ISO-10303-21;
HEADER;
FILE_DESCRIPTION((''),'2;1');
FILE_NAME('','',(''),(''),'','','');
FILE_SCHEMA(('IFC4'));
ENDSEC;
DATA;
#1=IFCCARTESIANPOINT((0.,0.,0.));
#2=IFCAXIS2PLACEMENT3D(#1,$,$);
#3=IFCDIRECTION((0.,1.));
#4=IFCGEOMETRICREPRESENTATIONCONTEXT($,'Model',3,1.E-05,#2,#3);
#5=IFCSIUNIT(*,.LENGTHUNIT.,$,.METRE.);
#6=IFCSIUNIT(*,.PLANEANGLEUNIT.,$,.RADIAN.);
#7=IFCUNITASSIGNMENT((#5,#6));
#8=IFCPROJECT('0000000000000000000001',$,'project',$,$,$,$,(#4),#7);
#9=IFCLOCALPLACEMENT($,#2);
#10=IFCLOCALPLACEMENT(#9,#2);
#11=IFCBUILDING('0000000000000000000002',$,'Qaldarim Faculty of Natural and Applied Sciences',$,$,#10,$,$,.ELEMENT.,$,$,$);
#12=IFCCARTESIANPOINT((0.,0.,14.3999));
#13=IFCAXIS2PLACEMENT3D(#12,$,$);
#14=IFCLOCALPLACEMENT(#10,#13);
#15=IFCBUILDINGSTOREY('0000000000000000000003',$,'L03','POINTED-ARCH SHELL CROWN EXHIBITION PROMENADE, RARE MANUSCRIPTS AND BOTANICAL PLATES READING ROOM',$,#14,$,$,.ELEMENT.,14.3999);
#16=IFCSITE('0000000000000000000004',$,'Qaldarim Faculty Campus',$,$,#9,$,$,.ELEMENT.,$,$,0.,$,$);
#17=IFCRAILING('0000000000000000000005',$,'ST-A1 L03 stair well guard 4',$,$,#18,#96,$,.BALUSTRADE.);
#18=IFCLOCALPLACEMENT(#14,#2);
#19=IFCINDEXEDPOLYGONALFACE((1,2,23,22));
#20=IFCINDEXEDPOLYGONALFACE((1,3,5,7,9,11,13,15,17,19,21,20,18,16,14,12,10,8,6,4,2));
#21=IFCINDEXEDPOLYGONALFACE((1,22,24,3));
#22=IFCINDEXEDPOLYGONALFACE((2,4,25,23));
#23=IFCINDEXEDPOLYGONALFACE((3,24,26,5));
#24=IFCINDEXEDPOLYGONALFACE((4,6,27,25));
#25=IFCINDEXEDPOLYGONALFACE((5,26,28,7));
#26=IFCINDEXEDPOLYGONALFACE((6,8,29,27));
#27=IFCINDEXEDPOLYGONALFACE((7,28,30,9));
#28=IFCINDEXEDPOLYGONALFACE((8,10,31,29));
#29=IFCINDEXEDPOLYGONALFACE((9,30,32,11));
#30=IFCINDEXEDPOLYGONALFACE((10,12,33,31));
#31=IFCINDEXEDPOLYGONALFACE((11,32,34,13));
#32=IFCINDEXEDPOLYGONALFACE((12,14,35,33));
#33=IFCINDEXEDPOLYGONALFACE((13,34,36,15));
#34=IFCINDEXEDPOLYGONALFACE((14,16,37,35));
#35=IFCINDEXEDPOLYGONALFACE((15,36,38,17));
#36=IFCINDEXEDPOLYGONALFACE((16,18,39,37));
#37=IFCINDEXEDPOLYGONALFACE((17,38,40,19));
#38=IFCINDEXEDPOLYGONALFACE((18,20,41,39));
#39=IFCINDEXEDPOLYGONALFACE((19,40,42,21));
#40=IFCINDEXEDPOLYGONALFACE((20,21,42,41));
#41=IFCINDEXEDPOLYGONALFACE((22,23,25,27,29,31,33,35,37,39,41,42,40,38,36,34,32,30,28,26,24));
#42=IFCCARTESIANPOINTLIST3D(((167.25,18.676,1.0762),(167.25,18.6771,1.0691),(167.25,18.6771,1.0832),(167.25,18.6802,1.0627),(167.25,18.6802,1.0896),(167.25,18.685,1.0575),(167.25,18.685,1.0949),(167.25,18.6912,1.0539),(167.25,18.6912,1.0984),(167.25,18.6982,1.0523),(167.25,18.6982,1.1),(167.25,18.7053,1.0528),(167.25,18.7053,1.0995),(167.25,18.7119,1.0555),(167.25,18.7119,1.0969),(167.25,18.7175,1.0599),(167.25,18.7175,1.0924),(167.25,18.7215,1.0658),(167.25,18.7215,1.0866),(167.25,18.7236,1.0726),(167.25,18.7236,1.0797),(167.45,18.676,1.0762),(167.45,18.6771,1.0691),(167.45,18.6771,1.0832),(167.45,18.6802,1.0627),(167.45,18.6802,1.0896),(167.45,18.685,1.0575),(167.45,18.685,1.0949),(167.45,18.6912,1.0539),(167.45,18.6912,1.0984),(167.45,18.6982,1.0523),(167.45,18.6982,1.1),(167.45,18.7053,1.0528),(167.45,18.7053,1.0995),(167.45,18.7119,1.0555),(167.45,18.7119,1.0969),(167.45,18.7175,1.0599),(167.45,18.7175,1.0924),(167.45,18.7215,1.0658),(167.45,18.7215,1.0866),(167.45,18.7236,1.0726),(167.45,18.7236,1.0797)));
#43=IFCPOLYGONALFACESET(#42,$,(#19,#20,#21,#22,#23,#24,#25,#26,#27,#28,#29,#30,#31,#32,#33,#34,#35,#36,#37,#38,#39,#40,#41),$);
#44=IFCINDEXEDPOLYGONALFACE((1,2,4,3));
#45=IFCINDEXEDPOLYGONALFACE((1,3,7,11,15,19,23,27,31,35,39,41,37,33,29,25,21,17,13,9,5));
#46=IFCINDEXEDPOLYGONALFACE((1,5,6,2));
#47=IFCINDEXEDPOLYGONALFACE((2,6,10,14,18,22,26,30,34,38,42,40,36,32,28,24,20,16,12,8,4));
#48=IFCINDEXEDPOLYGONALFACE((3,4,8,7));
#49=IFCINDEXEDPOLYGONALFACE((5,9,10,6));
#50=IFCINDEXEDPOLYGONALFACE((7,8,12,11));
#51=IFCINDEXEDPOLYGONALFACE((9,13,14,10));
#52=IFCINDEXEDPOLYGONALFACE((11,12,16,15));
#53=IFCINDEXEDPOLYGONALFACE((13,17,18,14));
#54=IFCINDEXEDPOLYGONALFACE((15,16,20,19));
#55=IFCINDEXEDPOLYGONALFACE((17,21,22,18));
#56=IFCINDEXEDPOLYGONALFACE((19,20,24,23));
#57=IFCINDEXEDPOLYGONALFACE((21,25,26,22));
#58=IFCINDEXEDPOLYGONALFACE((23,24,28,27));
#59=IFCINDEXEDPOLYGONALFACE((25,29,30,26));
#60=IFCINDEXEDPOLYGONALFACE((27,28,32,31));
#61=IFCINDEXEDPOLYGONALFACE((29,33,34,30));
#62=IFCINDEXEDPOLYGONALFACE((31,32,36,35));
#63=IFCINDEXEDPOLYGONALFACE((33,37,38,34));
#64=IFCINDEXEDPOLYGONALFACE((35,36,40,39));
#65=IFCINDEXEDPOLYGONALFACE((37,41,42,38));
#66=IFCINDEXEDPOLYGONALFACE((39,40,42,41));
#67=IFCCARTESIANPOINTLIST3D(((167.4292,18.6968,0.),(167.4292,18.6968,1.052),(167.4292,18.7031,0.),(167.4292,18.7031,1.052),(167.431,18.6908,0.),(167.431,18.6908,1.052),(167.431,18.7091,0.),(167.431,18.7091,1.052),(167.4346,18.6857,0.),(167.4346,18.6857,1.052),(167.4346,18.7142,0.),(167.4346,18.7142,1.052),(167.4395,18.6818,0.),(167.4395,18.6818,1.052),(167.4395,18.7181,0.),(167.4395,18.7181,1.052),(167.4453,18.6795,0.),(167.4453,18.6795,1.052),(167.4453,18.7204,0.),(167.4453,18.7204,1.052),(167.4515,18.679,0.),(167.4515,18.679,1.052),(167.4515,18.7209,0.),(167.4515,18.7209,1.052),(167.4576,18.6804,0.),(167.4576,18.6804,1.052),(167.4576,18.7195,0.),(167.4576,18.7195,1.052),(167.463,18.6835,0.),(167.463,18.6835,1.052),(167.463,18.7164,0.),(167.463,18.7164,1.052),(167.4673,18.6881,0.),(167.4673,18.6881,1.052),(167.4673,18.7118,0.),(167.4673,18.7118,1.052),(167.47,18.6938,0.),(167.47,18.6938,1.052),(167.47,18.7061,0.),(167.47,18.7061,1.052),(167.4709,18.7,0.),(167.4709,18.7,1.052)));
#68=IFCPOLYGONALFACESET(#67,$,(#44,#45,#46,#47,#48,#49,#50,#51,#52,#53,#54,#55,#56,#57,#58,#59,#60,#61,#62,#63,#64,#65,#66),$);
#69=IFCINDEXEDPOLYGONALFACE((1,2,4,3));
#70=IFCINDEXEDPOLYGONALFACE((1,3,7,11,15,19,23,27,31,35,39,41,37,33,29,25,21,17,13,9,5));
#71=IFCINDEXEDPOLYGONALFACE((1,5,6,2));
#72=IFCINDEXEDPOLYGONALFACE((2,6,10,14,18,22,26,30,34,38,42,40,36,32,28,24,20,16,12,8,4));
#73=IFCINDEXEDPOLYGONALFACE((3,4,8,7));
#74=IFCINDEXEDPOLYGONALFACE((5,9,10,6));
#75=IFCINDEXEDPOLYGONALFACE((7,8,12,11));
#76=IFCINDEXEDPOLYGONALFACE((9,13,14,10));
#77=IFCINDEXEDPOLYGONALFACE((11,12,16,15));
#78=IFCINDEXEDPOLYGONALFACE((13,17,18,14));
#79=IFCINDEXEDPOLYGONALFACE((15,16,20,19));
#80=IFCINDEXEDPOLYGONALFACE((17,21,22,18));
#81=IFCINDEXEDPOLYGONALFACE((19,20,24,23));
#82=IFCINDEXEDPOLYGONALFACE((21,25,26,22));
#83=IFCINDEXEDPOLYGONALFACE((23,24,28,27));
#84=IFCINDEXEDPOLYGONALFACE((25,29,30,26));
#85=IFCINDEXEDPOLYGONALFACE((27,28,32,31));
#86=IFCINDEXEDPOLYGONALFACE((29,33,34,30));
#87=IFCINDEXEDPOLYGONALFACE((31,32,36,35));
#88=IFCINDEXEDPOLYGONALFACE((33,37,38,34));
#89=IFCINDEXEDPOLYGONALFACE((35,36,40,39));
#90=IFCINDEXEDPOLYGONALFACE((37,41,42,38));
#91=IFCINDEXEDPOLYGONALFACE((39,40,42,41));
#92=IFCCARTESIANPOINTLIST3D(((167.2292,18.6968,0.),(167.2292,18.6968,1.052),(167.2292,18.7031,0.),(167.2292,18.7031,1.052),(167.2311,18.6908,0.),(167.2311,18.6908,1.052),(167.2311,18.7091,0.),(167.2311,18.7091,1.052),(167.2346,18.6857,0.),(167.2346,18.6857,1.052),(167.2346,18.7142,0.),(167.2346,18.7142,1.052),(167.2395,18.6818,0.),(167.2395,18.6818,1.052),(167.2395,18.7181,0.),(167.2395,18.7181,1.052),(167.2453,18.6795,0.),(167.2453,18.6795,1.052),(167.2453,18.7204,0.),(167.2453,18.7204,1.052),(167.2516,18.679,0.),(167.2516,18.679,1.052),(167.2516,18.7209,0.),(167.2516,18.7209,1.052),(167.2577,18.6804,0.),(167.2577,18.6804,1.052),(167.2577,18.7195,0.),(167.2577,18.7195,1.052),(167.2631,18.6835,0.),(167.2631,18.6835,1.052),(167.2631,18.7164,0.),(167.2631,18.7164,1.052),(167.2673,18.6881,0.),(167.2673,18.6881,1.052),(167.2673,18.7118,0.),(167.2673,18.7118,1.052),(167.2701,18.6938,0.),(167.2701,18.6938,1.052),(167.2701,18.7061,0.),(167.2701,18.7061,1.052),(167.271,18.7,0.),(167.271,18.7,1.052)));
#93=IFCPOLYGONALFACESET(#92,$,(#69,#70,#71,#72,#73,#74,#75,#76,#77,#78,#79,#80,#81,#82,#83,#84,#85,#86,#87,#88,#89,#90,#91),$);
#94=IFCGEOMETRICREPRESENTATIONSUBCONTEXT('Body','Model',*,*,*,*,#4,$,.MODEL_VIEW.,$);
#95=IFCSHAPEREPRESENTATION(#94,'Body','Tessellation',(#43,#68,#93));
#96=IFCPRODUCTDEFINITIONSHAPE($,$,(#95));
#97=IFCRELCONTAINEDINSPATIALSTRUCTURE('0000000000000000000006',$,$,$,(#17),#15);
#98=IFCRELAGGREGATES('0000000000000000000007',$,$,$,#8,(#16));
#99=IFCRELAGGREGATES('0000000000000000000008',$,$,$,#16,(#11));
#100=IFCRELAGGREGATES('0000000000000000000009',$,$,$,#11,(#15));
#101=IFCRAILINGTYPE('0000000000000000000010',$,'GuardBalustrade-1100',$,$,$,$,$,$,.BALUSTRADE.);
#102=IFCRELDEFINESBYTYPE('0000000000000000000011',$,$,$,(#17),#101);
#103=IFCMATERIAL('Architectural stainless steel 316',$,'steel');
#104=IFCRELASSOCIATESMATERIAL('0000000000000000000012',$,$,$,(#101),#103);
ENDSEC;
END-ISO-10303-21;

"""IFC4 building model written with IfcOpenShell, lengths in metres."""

from ifc_helpers import new_model, si_unit, direction, frame, origin, origin_2d, place, context, subcontext, project, spatial, circle, extrude, material, type_object, element, save


model = new_model("IFC4")

# Units and contexts
model_context = context("Model", 3, precision=1e-05, world=origin(), true_north=direction((0.0, 1.0)))
body_context = subcontext(model_context, "Body", "Model", "MODEL_VIEW")
ifc_project = project(units=[si_unit("LENGTHUNIT", "METRE"), si_unit("PLANEANGLEUNIT", "RADIAN")], contexts=[model_context])

# Site, building, storey
site_placement = place(None, origin())
site = spatial("IfcSite", under=ifc_project, at=site_placement, Name="Qaldarim Faculty Campus", CompositionType="ELEMENT", RefElevation=0.0)
building_placement = place(site_placement, origin())
building = spatial("IfcBuilding", under=site, at=building_placement, Name="Qaldarim Faculty of Natural and Applied Sciences", CompositionType="ELEMENT")
storey_placement = place(building_placement, frame((0.0, 0.0, 14.3999)))
storey = spatial("IfcBuildingStorey", under=building, at=storey_placement, Name="L03", Description="POINTED-ARCH SHELL CROWN EXHIBITION PROMENADE, RARE MANUSCRIPTS AND BOTANICAL PLATES READING ROOM", CompositionType="ELEMENT", Elevation=14.3999)

# Shared definitions
ifc_material_1 = material(Name="Architectural stainless steel 316", Category="steel")

# Railing
railing_type_1 = type_object("IfcRailingType", Name="GuardBalustrade-1100", PredefinedType="BALUSTRADE", material=ifc_material_1)
railing_1_placement = place(storey_placement, frame((167.45, 18.7, 0.0)))
element("IfcRailing", 1, at=railing_1_placement, inside=storey, type_object=railing_type_1, Name="ST-A1 L03 stair well guard 4", PredefinedType="BALUSTRADE", context=body_context, shape_type="SweptSolid", body=[
    extrude(circle(Radius=0.0239, at=origin_2d()), frame((0.0, 0.0, 1.0762), z_axis=(-1.0, 0.0, 0.0), x_axis=(0.0, -1.0, 0.0)), (0.0, 0.0, 1.0), 0.2),
    extrude(circle(Radius=0.021, at=origin_2d()), origin(), (0.0, 0.0, 1.0), 1.052),
    extrude(circle(Radius=0.021, at=origin_2d()), frame((-0.2, 0.0, 0.0)), (0.0, 0.0, 1.0), 1.052),
])

save(model, "model.ifc")
